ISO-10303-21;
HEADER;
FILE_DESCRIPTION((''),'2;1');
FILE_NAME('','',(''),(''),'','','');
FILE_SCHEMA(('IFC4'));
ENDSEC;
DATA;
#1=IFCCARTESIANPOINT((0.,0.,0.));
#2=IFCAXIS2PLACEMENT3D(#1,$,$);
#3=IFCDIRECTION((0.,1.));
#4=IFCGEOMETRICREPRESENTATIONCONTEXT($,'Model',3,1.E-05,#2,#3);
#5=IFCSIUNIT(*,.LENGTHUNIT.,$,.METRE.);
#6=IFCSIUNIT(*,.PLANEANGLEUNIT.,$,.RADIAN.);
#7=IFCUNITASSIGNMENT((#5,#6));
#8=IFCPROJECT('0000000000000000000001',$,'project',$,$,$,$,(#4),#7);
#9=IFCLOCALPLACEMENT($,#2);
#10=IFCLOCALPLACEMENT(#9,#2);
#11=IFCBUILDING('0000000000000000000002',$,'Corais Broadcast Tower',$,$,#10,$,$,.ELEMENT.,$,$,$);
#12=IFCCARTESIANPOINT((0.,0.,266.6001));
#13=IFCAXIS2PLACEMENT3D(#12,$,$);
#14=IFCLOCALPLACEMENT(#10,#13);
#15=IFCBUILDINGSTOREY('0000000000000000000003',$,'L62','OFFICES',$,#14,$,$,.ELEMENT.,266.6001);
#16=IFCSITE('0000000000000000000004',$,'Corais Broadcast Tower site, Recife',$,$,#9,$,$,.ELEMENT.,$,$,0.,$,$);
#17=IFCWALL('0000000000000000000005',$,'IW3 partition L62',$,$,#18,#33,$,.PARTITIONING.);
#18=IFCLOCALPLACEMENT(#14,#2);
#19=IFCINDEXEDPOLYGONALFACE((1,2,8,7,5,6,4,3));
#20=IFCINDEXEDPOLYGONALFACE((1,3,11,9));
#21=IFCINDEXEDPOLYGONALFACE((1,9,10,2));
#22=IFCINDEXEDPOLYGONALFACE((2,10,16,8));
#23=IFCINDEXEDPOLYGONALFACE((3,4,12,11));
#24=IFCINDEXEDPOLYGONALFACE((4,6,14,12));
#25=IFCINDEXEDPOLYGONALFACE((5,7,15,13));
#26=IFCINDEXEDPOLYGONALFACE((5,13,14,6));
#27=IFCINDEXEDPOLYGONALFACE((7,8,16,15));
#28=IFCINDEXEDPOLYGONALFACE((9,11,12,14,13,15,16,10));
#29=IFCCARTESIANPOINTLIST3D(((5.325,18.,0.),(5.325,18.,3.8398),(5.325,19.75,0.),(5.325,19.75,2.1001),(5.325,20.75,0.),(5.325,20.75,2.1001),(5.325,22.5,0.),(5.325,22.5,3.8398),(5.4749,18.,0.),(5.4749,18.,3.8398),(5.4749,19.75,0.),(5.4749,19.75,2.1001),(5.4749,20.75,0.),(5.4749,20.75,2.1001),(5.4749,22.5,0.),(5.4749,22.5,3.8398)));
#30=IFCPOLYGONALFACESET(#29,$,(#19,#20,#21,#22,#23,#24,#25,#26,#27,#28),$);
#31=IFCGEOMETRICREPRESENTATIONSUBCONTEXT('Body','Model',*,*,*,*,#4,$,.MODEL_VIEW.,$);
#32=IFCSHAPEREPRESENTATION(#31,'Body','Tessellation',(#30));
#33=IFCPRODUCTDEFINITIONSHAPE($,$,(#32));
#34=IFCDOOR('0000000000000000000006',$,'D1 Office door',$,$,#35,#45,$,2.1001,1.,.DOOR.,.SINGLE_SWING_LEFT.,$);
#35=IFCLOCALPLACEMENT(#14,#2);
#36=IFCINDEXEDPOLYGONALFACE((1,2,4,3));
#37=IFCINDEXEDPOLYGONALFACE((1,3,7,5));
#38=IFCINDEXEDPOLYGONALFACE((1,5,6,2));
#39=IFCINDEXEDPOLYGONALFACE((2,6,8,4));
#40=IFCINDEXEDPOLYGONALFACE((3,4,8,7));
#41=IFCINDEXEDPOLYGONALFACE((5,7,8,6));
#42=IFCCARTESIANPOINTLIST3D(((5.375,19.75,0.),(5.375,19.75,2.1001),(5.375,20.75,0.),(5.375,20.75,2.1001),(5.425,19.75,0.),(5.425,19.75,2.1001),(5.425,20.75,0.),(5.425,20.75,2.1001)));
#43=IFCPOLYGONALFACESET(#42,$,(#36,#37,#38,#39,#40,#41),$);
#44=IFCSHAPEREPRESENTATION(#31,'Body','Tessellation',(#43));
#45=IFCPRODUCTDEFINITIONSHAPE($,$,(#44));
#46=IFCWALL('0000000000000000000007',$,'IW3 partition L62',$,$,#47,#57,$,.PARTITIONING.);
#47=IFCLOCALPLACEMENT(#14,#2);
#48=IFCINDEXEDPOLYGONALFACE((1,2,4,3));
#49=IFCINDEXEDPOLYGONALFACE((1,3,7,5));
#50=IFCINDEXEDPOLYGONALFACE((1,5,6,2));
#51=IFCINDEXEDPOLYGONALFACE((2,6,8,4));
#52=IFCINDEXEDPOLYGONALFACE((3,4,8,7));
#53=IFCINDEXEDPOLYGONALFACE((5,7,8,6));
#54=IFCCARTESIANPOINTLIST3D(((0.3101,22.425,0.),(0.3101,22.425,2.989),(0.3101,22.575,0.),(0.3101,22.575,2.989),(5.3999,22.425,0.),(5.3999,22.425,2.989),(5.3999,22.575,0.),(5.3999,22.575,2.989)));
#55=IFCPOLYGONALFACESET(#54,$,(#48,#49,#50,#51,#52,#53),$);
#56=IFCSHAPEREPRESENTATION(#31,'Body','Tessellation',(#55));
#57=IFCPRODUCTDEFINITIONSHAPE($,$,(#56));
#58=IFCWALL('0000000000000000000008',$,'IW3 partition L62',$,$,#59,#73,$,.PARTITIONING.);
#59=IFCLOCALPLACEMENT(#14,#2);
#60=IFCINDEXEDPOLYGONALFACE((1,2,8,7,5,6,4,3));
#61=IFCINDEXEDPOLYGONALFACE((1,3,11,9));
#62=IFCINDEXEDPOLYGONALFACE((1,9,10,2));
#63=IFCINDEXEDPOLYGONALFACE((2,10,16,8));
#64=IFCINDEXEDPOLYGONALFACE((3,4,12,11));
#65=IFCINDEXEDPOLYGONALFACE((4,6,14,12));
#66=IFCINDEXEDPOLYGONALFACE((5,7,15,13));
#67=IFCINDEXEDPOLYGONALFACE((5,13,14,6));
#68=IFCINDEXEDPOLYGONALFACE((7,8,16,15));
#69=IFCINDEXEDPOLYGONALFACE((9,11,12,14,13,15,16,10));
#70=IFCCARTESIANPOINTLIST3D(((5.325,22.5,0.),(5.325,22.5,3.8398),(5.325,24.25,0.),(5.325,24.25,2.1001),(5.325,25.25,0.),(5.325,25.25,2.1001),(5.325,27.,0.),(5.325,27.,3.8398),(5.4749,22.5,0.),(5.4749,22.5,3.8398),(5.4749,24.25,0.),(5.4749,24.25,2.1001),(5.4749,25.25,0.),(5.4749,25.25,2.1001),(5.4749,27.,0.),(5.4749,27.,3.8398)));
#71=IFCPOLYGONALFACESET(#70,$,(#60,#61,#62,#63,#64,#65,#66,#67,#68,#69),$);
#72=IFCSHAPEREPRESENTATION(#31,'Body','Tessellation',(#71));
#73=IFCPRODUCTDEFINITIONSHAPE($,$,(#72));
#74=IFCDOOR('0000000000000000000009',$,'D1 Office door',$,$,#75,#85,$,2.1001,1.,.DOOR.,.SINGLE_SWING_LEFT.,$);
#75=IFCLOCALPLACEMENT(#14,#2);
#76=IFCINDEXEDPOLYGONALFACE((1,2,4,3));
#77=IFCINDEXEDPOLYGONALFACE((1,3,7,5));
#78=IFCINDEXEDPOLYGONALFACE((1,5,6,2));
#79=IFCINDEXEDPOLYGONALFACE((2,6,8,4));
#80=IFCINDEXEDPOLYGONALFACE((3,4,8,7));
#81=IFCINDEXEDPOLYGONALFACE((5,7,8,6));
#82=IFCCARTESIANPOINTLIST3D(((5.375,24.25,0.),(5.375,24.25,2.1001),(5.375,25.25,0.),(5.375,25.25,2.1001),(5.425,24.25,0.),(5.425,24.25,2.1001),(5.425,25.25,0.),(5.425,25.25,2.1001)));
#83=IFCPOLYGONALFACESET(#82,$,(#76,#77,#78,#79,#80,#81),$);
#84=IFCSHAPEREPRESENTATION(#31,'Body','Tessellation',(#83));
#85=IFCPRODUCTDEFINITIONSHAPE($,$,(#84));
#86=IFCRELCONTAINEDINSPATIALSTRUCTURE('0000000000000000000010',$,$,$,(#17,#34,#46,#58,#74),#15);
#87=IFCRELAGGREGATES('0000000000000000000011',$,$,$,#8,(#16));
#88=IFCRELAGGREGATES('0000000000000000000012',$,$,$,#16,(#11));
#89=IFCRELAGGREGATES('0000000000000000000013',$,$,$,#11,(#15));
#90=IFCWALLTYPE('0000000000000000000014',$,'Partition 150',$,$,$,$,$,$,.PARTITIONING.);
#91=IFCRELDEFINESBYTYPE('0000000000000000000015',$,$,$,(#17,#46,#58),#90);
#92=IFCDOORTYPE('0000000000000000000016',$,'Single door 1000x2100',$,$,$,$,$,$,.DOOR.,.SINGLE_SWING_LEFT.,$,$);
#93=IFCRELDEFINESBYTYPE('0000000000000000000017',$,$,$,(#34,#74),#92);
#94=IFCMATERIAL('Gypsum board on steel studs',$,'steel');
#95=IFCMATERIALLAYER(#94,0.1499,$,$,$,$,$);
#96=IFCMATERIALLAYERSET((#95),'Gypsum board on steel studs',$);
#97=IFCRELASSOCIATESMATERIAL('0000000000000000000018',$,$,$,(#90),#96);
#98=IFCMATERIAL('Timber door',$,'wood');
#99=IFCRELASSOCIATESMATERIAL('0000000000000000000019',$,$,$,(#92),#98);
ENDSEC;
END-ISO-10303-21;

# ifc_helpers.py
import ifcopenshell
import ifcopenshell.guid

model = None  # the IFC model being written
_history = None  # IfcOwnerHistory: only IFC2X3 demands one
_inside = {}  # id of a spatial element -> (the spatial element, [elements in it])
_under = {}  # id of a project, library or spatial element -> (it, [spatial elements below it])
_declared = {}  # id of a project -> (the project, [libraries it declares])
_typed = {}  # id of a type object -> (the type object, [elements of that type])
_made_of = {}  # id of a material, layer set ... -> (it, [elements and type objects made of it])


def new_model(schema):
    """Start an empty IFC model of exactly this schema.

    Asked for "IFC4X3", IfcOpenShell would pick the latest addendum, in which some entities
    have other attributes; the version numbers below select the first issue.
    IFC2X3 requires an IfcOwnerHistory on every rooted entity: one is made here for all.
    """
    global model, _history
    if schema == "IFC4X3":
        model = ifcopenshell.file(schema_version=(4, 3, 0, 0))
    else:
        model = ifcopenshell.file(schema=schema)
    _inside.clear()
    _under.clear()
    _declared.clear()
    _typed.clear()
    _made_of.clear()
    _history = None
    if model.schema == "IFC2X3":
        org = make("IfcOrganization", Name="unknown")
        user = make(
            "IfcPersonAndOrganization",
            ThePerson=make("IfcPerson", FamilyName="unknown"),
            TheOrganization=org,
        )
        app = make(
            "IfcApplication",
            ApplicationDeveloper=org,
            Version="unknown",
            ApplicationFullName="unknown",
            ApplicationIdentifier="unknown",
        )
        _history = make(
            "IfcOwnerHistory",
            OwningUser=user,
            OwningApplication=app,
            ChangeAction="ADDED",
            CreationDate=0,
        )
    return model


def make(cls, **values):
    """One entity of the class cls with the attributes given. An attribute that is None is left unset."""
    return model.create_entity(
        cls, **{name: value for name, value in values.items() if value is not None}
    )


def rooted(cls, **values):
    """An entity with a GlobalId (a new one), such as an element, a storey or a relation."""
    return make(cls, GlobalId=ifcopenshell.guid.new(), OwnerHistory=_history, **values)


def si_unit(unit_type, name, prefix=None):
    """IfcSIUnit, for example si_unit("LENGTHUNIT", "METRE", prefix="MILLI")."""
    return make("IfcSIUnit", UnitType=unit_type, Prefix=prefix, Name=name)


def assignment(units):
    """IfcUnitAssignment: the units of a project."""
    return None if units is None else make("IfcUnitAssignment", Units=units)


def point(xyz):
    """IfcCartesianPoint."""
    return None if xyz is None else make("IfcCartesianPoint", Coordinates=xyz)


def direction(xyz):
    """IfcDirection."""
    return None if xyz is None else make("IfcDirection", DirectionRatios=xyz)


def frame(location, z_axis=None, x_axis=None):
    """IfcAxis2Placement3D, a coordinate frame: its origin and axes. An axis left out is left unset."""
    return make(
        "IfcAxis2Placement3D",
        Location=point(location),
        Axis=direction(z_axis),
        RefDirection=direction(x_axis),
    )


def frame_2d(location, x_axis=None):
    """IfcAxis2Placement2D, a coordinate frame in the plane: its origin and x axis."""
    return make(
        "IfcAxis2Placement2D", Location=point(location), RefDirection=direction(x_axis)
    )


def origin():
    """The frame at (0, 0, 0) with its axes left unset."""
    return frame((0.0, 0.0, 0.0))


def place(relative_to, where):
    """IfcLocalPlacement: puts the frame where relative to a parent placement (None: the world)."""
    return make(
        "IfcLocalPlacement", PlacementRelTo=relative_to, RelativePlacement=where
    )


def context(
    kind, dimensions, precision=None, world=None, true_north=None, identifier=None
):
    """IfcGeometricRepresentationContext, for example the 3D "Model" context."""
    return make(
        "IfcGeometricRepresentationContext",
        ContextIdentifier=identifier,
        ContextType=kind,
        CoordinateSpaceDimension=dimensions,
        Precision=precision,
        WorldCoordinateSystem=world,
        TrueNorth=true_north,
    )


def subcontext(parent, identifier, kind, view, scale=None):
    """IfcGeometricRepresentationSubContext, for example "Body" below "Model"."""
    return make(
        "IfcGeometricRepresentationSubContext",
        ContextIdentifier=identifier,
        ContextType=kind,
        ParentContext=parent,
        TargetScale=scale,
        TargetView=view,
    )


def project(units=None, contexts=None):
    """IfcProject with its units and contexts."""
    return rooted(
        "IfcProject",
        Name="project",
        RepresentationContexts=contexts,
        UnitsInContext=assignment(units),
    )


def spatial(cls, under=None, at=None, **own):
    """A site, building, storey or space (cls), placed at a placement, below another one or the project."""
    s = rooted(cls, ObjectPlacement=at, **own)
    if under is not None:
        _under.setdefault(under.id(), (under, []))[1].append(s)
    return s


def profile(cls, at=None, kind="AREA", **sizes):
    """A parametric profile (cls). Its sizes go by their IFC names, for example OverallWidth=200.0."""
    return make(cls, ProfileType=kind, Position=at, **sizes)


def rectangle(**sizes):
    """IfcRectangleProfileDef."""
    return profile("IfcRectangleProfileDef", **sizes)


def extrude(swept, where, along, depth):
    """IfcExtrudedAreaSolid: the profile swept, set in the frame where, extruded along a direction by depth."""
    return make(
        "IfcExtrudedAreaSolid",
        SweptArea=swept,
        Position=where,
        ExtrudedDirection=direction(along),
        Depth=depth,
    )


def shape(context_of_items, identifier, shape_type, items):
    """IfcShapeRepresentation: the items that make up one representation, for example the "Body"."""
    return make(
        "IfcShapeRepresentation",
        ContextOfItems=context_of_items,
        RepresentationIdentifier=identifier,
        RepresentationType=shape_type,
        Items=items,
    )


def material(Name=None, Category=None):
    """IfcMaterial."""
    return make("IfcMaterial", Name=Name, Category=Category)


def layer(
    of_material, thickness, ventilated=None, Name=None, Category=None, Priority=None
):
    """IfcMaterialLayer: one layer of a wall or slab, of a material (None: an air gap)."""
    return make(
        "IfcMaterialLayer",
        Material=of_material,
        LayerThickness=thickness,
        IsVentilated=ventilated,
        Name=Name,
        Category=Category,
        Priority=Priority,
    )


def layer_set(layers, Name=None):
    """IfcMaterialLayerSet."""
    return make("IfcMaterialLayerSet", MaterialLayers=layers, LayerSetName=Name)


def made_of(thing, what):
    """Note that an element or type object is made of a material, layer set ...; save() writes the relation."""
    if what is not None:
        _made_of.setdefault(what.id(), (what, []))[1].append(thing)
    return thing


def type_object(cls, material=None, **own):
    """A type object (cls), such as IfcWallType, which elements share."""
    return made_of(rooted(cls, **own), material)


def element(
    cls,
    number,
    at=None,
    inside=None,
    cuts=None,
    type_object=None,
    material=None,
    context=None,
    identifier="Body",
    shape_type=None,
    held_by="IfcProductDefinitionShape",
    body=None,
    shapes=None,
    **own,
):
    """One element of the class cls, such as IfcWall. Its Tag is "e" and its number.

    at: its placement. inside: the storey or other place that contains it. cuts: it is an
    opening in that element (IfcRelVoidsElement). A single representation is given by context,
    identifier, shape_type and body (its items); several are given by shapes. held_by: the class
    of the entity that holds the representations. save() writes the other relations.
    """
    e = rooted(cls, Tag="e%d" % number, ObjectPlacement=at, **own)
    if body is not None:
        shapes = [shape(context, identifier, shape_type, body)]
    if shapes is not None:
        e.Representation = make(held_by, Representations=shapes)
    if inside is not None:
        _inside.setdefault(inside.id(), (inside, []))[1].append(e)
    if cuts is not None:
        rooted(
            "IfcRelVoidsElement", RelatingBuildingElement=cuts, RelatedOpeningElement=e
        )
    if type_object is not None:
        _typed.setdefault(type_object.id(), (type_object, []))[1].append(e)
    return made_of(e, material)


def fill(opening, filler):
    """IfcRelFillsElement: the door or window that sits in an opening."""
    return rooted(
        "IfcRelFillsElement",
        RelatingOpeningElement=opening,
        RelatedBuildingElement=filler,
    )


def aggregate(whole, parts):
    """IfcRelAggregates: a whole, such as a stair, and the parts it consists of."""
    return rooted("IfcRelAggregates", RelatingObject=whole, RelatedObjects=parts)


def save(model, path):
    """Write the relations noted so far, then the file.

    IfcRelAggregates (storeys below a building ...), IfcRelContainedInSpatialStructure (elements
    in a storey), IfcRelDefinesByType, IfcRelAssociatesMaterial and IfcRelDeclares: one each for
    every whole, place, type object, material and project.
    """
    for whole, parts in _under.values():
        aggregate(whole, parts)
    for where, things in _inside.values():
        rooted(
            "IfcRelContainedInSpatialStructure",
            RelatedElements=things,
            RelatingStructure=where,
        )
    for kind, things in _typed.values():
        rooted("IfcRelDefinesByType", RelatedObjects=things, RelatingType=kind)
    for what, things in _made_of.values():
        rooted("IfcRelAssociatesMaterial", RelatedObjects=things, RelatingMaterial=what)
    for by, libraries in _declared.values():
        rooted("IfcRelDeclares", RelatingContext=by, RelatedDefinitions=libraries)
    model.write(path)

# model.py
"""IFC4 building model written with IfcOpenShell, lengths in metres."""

from ifc_helpers import new_model, si_unit, direction, frame, frame_2d, origin, place, context, subcontext, project, spatial, rectangle, extrude, material, layer, layer_set, type_object, element, fill, save


model = new_model("IFC4")

# Units and contexts
model_context = context("Model", 3, precision=1e-05, world=origin(), true_north=direction((0.0, 1.0)))
body_context = subcontext(model_context, "Body", "Model", "MODEL_VIEW")
ifc_project = project(units=[si_unit("LENGTHUNIT", "METRE"), si_unit("PLANEANGLEUNIT", "RADIAN")], contexts=[model_context])

# Site, building, storey
site_placement = place(None, origin())
site = spatial("IfcSite", under=ifc_project, at=site_placement, Name="Corais Broadcast Tower site, Recife", CompositionType="ELEMENT", RefElevation=0.0)
building_placement = place(site_placement, origin())
building = spatial("IfcBuilding", under=site, at=building_placement, Name="Corais Broadcast Tower", CompositionType="ELEMENT")
storey_placement = place(building_placement, frame((0.0, 0.0, 266.6001)))
storey = spatial("IfcBuildingStorey", under=building, at=storey_placement, Name="L62", Description="OFFICES", CompositionType="ELEMENT", Elevation=266.6001)

# Shared definitions
ifc_material_1 = material(Name="Gypsum board on steel studs", Category="steel")
ifc_layer_1 = layer(ifc_material_1, 0.1499)
ifc_layer_set_1 = layer_set([ifc_layer_1], Name="Gypsum board on steel studs")
wall_type_1 = type_object("IfcWallType", Name="Partition 150", PredefinedType="PARTITIONING", material=ifc_layer_set_1)

# Wall, opening, door
wall_1_placement = place(storey_placement, frame((5.3999, 18.0, 0.0), z_axis=(0.0, 0.0, 1.0), x_axis=(0.0, 1.0, 0.0)))
wall_1 = element("IfcWall", 1, at=wall_1_placement, inside=storey, type_object=wall_type_1, Name="IW3 partition L62", PredefinedType="PARTITIONING", context=body_context, shape_type="SweptSolid", body=[
    extrude(rectangle(XDim=4.5, YDim=0.1499, at=frame_2d((2.25, 0.0))), origin(), (0.0, 0.0, 1.0), 3.8398),
])
opening_1_placement = place(wall_1_placement, frame((1.75, 0.0, 0.0)))
opening_1 = element("IfcOpeningElement", 2, at=opening_1_placement, cuts=wall_1, PredefinedType="OPENING", context=body_context, shape_type="SweptSolid", body=[
    extrude(rectangle(XDim=1.0, YDim=2.1001, at=frame_2d((0.5, 1.05))), frame((0.0, 0.085, 0.0), z_axis=(0.0, -1.0, 0.0), x_axis=(1.0, 0.0, 0.0)), (0.0, 0.0, 1.0), 0.1699),
])
ifc_material_2 = material(Name="Timber door", Category="wood")
door_type = type_object("IfcDoorType", Name="Single door 1000x2100", OperationType="SINGLE_SWING_LEFT", PredefinedType="DOOR", material=ifc_material_2)
door_1_placement = place(opening_1_placement, origin())
door_1 = element("IfcDoor", 3, at=door_1_placement, inside=storey, type_object=door_type, Name="D1 Office door", OperationType="SINGLE_SWING_LEFT", OverallHeight=2.1001, OverallWidth=1.0, PredefinedType="DOOR", context=body_context, shape_type="SweptSolid", body=[
    extrude(rectangle(XDim=1.0, YDim=2.1001, at=frame_2d((0.5, 1.05))), frame((0.0, 0.0249, 0.0), z_axis=(0.0, -1.0, 0.0), x_axis=(1.0, 0.0, 0.0)), (0.0, 0.0, 1.0), 0.05),
])
fill(opening_1, door_1)

# Wall
wall_2_placement = place(storey_placement, frame((5.3999, 22.5, 0.0), z_axis=(0.0, 0.0, 1.0), x_axis=(-1.0, 0.0, 0.0)))
element("IfcWall", 4, at=wall_2_placement, inside=storey, type_object=wall_type_1, Name="IW3 partition L62", PredefinedType="PARTITIONING", context=body_context, shape_type="SweptSolid", body=[
    extrude(rectangle(XDim=5.0898, YDim=0.1499, at=frame_2d((2.5449, 0.0))), origin(), (0.0, 0.0, 1.0), 2.989),
])

# Wall, opening, door
wall_3_placement = place(storey_placement, frame((5.3999, 22.5, 0.0), z_axis=(0.0, 0.0, 1.0), x_axis=(0.0, 1.0, 0.0)))
wall_3 = element("IfcWall", 5, at=wall_3_placement, inside=storey, type_object=wall_type_1, Name="IW3 partition L62", PredefinedType="PARTITIONING", context=body_context, shape_type="SweptSolid", body=[
    extrude(rectangle(XDim=4.5, YDim=0.1499, at=frame_2d((2.25, 0.0))), origin(), (0.0, 0.0, 1.0), 3.8398),
])
opening_2_placement = place(wall_3_placement, frame((1.75, 0.0, 0.0)))
opening_2 = element("IfcOpeningElement", 6, at=opening_2_placement, cuts=wall_3, PredefinedType="OPENING", context=body_context, shape_type="SweptSolid", body=[
    extrude(rectangle(XDim=1.0, YDim=2.1001, at=frame_2d((0.5, 1.05))), frame((0.0, 0.085, 0.0), z_axis=(0.0, -1.0, 0.0), x_axis=(1.0, 0.0, 0.0)), (0.0, 0.0, 1.0), 0.1699),
])
door_2_placement = place(opening_2_placement, origin())
door_2 = element("IfcDoor", 7, at=door_2_placement, inside=storey, type_object=door_type, Name="D1 Office door", OperationType="SINGLE_SWING_LEFT", OverallHeight=2.1001, OverallWidth=1.0, PredefinedType="DOOR", context=body_context, shape_type="SweptSolid", body=[
    extrude(rectangle(XDim=1.0, YDim=2.1001, at=frame_2d((0.5, 1.05))), frame((0.0, 0.0249, 0.0), z_axis=(0.0, -1.0, 0.0), x_axis=(1.0, 0.0, 0.0)), (0.0, 0.0, 1.0), 0.05),
])
fill(opening_2, door_2)

save(model, "model.ifc")
